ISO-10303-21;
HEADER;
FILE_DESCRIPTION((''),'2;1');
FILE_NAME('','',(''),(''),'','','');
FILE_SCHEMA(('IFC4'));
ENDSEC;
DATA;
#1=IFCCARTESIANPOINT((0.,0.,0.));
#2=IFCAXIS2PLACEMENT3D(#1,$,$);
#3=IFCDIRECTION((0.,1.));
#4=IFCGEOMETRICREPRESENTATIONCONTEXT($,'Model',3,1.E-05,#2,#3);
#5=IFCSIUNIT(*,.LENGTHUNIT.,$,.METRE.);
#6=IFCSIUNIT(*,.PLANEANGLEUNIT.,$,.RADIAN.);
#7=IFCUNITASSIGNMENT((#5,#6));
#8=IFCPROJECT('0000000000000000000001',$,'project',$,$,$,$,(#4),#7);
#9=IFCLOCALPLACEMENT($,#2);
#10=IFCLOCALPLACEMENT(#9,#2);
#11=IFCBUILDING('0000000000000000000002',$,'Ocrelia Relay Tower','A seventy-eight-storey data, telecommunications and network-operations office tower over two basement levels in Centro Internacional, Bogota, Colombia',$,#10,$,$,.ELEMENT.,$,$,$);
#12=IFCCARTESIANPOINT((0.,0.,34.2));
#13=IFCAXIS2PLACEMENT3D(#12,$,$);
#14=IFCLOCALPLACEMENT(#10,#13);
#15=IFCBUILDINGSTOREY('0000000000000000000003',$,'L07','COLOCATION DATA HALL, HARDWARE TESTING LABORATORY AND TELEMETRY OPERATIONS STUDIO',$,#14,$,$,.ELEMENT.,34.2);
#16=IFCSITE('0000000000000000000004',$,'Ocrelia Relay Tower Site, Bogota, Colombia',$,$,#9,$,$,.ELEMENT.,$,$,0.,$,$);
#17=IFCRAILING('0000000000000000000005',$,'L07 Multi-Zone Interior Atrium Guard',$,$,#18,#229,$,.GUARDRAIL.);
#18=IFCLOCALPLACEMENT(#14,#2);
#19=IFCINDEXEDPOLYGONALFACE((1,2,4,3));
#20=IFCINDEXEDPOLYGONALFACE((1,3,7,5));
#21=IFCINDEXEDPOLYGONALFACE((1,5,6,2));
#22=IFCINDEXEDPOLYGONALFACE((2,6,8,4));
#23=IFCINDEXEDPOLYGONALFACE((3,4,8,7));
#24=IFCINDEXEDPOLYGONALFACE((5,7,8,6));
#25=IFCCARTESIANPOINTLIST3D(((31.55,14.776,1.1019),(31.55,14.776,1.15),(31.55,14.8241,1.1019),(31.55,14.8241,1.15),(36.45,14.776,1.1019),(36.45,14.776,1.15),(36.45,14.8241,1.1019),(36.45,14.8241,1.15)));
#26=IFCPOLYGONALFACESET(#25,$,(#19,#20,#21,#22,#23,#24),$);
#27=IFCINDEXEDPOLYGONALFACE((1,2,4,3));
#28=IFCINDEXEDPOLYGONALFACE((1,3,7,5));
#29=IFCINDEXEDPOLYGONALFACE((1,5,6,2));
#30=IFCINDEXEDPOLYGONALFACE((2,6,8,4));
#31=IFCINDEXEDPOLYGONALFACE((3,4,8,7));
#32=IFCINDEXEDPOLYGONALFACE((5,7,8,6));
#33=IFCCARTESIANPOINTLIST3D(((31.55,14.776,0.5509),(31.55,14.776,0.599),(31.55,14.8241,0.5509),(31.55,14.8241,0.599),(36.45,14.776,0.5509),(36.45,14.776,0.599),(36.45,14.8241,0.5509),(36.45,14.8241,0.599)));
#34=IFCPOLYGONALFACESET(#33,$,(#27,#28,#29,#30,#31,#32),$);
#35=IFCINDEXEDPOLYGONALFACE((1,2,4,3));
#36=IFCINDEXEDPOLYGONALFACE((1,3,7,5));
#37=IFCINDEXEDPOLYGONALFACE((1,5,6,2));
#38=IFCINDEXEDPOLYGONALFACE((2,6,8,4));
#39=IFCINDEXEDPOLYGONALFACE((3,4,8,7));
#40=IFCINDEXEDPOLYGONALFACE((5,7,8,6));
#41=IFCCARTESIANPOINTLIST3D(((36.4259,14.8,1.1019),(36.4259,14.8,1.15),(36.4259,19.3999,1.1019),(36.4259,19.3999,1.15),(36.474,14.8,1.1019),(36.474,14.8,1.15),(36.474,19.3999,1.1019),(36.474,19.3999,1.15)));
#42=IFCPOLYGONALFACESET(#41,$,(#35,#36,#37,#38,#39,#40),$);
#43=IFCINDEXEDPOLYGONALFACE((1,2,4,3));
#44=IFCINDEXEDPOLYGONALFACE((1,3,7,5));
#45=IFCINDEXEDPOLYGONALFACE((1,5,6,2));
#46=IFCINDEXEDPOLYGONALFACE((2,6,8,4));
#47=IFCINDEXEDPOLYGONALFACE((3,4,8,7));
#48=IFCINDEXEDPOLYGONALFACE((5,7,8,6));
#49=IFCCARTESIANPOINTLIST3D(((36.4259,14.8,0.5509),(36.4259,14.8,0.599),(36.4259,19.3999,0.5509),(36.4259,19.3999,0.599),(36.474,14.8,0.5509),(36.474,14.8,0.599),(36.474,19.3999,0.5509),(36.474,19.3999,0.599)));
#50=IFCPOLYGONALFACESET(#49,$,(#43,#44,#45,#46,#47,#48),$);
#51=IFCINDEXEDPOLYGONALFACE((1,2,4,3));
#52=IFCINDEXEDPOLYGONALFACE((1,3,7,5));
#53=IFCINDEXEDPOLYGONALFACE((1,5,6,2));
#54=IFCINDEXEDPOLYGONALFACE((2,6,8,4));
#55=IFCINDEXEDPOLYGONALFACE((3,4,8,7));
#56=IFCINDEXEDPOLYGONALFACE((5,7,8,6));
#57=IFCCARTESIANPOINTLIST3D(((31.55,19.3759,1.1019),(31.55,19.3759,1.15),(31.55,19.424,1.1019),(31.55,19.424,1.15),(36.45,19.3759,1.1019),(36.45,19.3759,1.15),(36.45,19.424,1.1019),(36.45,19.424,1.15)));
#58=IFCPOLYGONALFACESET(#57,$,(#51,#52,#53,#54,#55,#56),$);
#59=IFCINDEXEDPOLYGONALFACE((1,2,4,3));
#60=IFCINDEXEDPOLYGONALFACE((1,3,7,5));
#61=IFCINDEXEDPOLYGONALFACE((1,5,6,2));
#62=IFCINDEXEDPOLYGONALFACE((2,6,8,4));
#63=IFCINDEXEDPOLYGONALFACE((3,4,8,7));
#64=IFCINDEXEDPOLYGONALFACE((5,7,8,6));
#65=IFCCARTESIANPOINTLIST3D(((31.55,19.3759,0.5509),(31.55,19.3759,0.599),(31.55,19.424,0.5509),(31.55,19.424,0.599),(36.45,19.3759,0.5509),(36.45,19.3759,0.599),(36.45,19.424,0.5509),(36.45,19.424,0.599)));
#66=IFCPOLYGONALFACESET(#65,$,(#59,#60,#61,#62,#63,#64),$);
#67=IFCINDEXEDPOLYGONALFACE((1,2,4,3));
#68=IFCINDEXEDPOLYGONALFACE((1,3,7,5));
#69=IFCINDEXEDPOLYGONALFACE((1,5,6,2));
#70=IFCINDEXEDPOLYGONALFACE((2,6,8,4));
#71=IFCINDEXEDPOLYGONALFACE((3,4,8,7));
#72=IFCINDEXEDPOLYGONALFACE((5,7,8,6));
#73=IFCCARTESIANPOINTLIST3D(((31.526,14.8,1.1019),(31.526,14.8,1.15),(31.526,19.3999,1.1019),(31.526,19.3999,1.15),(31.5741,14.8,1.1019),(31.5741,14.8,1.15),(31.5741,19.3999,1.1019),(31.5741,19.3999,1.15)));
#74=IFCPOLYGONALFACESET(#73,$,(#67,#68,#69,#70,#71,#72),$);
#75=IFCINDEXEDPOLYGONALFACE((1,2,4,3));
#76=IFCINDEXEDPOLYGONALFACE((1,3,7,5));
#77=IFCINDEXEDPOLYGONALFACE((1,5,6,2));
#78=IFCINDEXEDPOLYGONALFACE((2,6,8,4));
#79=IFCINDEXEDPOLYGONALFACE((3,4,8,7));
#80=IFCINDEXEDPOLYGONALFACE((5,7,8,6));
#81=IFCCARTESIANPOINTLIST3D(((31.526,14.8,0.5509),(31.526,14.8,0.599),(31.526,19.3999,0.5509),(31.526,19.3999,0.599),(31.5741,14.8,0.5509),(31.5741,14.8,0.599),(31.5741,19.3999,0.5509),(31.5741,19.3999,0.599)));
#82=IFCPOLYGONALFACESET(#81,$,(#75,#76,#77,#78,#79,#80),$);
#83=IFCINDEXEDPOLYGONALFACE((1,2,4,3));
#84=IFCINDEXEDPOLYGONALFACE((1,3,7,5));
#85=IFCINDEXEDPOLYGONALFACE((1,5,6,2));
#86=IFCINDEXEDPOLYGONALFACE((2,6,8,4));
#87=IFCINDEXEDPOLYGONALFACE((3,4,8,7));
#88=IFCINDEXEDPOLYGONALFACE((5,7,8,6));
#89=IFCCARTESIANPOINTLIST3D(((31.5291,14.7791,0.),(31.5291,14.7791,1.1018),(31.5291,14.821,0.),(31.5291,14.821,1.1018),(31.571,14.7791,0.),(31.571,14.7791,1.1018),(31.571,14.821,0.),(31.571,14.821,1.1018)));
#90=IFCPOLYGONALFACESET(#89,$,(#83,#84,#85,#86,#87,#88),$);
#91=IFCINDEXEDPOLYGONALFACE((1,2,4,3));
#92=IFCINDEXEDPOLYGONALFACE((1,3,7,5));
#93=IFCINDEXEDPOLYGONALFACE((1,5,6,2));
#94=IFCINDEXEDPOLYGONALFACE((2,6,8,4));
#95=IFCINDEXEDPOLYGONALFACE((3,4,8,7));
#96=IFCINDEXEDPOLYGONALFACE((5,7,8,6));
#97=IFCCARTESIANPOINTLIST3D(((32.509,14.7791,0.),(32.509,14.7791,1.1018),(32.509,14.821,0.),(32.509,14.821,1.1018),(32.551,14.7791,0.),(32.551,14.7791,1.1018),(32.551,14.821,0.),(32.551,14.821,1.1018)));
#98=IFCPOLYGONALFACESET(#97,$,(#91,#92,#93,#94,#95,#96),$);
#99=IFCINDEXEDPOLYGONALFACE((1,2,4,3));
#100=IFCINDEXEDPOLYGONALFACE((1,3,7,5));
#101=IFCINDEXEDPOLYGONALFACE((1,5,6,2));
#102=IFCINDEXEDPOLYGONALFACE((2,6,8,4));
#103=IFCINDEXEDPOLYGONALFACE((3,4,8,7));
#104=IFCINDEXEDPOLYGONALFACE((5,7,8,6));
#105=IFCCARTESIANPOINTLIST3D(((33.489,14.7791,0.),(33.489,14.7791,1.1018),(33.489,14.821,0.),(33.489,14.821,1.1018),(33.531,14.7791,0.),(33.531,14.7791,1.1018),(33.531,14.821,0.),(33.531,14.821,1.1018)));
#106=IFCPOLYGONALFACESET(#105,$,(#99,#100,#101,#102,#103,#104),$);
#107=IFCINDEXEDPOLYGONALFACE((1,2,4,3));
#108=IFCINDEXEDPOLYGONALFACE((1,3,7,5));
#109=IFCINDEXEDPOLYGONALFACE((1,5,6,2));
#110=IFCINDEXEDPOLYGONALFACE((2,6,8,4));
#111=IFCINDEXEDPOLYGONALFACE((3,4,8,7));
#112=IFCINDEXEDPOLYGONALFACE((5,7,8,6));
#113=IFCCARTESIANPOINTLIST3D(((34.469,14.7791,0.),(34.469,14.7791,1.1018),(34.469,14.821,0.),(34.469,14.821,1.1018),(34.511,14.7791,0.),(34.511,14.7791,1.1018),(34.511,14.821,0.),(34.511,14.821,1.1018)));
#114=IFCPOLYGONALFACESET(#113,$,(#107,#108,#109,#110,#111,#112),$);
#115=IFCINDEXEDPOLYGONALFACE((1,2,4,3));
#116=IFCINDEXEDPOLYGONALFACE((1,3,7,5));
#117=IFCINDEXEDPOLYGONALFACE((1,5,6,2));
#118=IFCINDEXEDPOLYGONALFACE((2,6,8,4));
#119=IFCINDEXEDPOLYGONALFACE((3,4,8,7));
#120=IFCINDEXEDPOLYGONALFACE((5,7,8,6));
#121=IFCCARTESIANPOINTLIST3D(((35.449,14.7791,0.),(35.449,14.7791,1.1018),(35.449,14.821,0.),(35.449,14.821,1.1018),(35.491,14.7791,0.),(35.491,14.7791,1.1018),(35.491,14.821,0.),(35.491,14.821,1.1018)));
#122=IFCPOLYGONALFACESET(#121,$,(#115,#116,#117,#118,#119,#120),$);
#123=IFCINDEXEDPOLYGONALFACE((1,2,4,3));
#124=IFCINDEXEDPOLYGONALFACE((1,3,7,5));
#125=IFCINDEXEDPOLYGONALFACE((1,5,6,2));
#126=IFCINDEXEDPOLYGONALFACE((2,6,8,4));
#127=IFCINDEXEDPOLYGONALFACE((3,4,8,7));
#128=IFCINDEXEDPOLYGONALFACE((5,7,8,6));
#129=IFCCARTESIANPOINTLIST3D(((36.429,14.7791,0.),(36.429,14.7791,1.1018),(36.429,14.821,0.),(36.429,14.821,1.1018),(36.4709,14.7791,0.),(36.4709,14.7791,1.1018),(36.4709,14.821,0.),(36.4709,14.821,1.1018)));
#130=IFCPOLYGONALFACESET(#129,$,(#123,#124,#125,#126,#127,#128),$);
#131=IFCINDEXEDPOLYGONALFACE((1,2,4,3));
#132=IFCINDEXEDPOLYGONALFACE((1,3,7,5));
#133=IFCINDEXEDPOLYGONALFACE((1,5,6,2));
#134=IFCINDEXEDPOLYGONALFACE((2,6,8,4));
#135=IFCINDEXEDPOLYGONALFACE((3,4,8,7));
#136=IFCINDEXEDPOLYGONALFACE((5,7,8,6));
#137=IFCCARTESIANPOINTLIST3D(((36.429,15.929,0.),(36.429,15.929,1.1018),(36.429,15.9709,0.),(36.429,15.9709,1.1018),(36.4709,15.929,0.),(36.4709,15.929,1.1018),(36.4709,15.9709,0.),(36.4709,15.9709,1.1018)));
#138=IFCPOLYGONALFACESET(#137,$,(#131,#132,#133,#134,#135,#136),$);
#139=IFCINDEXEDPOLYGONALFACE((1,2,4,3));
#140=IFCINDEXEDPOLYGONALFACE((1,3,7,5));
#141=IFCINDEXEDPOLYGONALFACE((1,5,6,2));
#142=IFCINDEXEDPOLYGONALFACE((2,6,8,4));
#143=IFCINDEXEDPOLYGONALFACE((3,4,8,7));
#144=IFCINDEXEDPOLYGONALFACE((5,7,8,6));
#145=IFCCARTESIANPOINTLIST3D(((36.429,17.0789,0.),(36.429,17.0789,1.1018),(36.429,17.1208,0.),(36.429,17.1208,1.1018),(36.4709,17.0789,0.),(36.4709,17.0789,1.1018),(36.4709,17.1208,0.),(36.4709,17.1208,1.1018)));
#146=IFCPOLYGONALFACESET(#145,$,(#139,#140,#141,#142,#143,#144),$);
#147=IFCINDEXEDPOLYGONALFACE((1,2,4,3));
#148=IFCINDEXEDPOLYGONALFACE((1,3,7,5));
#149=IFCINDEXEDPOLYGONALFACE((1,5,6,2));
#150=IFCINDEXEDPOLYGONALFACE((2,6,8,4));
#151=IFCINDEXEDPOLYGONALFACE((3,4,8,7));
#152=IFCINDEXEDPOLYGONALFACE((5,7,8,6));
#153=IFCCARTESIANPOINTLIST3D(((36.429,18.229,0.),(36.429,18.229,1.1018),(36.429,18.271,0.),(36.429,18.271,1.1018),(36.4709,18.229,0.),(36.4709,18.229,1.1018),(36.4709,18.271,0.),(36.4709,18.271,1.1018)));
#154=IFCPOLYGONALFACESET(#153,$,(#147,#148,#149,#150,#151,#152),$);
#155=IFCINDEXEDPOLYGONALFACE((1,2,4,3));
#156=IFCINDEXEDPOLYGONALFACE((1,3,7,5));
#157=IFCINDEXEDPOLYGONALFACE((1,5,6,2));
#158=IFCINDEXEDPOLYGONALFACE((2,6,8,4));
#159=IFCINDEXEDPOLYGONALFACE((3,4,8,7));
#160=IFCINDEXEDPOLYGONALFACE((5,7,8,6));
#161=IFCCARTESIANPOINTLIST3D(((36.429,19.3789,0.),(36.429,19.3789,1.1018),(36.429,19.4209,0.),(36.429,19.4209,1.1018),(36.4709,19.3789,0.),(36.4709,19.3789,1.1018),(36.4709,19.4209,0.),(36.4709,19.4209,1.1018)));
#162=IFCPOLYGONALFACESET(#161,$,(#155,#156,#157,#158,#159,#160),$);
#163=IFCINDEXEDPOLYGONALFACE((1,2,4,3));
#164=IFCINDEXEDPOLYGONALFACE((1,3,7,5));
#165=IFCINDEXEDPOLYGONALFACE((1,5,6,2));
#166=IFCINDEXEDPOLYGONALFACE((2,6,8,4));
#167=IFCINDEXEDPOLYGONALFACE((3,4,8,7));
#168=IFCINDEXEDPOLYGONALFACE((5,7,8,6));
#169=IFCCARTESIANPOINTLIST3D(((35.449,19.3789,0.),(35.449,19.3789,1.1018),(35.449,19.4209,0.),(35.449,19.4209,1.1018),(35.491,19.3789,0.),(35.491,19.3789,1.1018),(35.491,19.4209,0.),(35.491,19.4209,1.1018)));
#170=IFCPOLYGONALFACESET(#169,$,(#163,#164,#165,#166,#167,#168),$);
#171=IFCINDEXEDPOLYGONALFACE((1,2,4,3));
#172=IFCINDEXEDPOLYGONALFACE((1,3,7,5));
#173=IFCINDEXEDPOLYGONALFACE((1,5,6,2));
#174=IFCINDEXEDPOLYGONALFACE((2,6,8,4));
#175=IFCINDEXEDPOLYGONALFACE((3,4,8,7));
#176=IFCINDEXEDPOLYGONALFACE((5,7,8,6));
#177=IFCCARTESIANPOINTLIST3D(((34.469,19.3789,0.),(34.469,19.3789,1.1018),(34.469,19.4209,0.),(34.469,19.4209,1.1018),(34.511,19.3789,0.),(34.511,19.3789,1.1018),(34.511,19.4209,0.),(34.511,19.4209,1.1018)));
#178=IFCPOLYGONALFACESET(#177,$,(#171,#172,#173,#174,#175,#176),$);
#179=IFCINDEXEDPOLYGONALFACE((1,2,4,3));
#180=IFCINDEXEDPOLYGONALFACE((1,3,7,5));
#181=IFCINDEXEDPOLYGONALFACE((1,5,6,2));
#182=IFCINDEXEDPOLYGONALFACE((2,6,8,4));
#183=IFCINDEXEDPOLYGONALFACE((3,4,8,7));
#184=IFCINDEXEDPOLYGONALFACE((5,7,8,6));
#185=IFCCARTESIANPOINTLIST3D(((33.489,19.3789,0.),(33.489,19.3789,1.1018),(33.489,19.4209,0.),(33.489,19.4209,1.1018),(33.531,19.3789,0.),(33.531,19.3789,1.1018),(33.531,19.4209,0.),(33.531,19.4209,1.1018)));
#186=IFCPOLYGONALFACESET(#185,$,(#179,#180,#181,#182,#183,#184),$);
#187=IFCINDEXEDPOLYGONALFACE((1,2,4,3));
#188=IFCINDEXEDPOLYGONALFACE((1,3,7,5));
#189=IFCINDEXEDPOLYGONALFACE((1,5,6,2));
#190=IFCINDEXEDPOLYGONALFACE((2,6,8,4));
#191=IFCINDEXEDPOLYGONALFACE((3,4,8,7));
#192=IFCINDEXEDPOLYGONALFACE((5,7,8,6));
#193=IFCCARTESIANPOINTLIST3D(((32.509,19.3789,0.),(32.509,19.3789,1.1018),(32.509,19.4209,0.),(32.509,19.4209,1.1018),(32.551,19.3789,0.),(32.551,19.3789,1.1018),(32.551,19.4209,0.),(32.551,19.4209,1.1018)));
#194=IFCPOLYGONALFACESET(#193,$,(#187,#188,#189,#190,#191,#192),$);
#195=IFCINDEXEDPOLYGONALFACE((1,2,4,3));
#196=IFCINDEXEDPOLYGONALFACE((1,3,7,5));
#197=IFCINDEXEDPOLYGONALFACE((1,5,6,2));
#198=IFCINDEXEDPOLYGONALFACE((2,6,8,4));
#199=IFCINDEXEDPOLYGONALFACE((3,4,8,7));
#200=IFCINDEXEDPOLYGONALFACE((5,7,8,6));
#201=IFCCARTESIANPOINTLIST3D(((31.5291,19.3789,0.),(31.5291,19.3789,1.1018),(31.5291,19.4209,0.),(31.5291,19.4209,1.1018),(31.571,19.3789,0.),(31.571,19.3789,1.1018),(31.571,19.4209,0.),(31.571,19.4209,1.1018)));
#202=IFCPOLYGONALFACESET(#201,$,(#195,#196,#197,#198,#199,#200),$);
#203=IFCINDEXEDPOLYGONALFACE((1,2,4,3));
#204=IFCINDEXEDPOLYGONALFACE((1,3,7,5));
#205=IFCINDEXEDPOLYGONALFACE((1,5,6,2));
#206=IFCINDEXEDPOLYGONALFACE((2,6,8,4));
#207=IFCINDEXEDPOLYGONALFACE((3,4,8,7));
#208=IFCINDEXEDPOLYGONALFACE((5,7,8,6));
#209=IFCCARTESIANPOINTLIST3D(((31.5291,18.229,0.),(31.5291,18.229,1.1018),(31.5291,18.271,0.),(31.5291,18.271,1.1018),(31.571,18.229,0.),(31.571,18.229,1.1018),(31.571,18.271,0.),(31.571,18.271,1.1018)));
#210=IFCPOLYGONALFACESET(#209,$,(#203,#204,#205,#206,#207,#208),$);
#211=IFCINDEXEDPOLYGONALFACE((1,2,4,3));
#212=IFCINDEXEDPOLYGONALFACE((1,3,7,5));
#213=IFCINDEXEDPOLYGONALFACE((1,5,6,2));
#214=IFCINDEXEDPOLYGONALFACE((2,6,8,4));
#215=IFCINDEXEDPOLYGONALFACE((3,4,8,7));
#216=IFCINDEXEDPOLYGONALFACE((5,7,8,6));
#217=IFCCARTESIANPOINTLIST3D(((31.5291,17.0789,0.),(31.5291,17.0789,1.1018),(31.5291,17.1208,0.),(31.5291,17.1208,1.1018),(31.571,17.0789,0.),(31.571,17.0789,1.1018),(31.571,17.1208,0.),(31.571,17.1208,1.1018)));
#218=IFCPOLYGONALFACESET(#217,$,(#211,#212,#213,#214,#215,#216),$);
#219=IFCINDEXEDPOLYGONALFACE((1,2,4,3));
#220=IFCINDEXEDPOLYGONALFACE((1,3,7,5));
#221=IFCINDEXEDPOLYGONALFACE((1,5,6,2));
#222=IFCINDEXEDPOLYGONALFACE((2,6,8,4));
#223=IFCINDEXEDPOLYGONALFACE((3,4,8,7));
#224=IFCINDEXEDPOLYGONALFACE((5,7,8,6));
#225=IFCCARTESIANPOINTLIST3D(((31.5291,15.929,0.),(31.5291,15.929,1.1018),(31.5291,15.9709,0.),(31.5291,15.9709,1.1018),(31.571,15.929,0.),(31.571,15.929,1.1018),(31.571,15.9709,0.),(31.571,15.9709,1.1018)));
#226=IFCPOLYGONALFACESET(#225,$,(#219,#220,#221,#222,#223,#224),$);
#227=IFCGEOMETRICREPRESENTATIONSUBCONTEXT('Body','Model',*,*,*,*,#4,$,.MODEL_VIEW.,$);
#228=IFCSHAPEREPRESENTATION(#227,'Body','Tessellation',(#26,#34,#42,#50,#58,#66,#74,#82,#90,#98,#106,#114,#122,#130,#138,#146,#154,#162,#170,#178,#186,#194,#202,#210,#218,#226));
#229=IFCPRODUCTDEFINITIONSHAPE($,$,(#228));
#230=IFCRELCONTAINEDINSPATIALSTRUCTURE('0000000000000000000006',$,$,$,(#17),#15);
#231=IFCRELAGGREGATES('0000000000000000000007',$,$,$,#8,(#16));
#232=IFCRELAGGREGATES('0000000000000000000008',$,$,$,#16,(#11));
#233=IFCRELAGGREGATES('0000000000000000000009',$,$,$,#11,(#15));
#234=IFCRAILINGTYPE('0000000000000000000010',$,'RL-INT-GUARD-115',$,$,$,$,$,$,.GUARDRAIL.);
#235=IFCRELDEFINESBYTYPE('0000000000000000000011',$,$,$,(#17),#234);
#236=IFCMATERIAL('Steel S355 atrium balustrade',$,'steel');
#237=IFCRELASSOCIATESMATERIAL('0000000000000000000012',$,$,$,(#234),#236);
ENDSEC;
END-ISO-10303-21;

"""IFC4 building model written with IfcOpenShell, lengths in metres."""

from ifc_helpers import new_model, si_unit, direction, frame, origin, origin_2d, place, context, subcontext, project, spatial, rectangle, extrude, material, type_object, element, save


model = new_model("IFC4")

# Units and contexts
model_context = context("Model", 3, precision=1e-05, world=origin(), true_north=direction((0.0, 1.0)))
body_context = subcontext(model_context, "Body", "Model", "MODEL_VIEW")
ifc_project = project(units=[si_unit("LENGTHUNIT", "METRE"), si_unit("PLANEANGLEUNIT", "RADIAN")], contexts=[model_context])

# Site, building, storey
site_placement = place(None, origin())
site = spatial("IfcSite", under=ifc_project, at=site_placement, Name="Ocrelia Relay Tower Site, Bogota, Colombia", CompositionType="ELEMENT", RefElevation=0.0)
building_placement = place(site_placement, origin())
building = spatial("IfcBuilding", under=site, at=building_placement, Name="Ocrelia Relay Tower", Description="A seventy-eight-storey data, telecommunications and network-operations office tower over two basement levels in Centro Internacional, Bogota, Colombia", CompositionType="ELEMENT")
storey_placement = place(building_placement, frame((0.0, 0.0, 34.2)))
storey = spatial("IfcBuildingStorey", under=building, at=storey_placement, Name="L07", Description="COLOCATION DATA HALL, HARDWARE TESTING LABORATORY AND TELEMETRY OPERATIONS STUDIO", CompositionType="ELEMENT", Elevation=34.2)

# Railing
ifc_material_1 = material(Name="Steel S355 atrium balustrade", Category="steel")
railing_type_1 = type_object("IfcRailingType", Name="RL-INT-GUARD-115", PredefinedType="GUARDRAIL", material=ifc_material_1)
railing_1_placement = place(storey_placement, frame((31.55, 14.8, 0.0)))
element("IfcRailing", 1, at=railing_1_placement, inside=storey, type_object=railing_type_1, Name="L07 Multi-Zone Interior Atrium Guard", PredefinedType="GUARDRAIL", context=body_context, shape_type="SweptSolid", body=[
    extrude(rectangle(XDim=0.0481, YDim=0.0481, at=origin_2d()), frame((0.0, 0.0, 1.126), z_axis=(1.0, 0.0, 0.0), x_axis=(0.0, 1.0, 0.0)), (0.0, 0.0, 1.0), 4.8999),
    extrude(rectangle(XDim=0.0481, YDim=0.0481, at=origin_2d()), frame((0.0, 0.0, 0.575), z_axis=(1.0, 0.0, 0.0), x_axis=(0.0, 1.0, 0.0)), (0.0, 0.0, 1.0), 4.8999),
    extrude(rectangle(XDim=0.0481, YDim=0.0481, at=origin_2d()), frame((4.8999, 0.0, 1.126), z_axis=(0.0, 1.0, 0.0), x_axis=(-1.0, 0.0, 0.0)), (0.0, 0.0, 1.0), 4.5999),
    extrude(rectangle(XDim=0.0481, YDim=0.0481, at=origin_2d()), frame((4.8999, 0.0, 0.575), z_axis=(0.0, 1.0, 0.0), x_axis=(-1.0, 0.0, 0.0)), (0.0, 0.0, 1.0), 4.5999),
    extrude(rectangle(XDim=0.0481, YDim=0.0481, at=origin_2d()), frame((4.8999, 4.5999, 1.126), z_axis=(-1.0, 0.0, 0.0), x_axis=(0.0, -1.0, 0.0)), (0.0, 0.0, 1.0), 4.8999),
    extrude(rectangle(XDim=0.0481, YDim=0.0481, at=origin_2d()), frame((4.8999, 4.5999, 0.575), z_axis=(-1.0, 0.0, 0.0), x_axis=(0.0, -1.0, 0.0)), (0.0, 0.0, 1.0), 4.8999),
    extrude(rectangle(XDim=0.0481, YDim=0.0481, at=origin_2d()), frame((0.0, 4.5999, 1.126), z_axis=(0.0, -1.0, 0.0), x_axis=(1.0, 0.0, 0.0)), (0.0, 0.0, 1.0), 4.5999),
    extrude(rectangle(XDim=0.0481, YDim=0.0481, at=origin_2d()), frame((0.0, 4.5999, 0.575), z_axis=(0.0, -1.0, 0.0), x_axis=(1.0, 0.0, 0.0)), (0.0, 0.0, 1.0), 4.5999),
    extrude(rectangle(XDim=0.042, YDim=0.042, at=origin_2d()), origin(), (0.0, 0.0, 1.0), 1.1018),
    extrude(rectangle(XDim=0.042, YDim=0.042, at=origin_2d()), frame((0.98, 0.0, 0.0)), (0.0, 0.0, 1.0), 1.1018),
    extrude(rectangle(XDim=0.042, YDim=0.042, at=origin_2d()), frame((1.96, 0.0, 0.0)), (0.0, 0.0, 1.0), 1.1018),
    extrude(rectangle(XDim=0.042, YDim=0.042, at=origin_2d()), frame((2.9399, 0.0, 0.0)), (0.0, 0.0, 1.0), 1.1018),
    extrude(rectangle(XDim=0.042, YDim=0.042, at=origin_2d()), frame((3.9199, 0.0, 0.0)), (0.0, 0.0, 1.0), 1.1018),
    extrude(rectangle(XDim=0.042, YDim=0.042, at=origin_2d()), frame((4.8999, 0.0, 0.0)), (0.0, 0.0, 1.0), 1.1018),
    extrude(rectangle(XDim=0.042, YDim=0.042, at=origin_2d()), frame((4.8999, 1.1499, 0.0)), (0.0, 0.0, 1.0), 1.1018),
    extrude(rectangle(XDim=0.042, YDim=0.042, at=origin_2d()), frame((4.8999, 2.2998, 0.0)), (0.0, 0.0, 1.0), 1.1018),
    extrude(rectangle(XDim=0.042, YDim=0.042, at=origin_2d()), frame((4.8999, 3.45, 0.0)), (0.0, 0.0, 1.0), 1.1018),
    extrude(rectangle(XDim=0.042, YDim=0.042, at=origin_2d()), frame((4.8999, 4.5999, 0.0)), (0.0, 0.0, 1.0), 1.1018),
    extrude(rectangle(XDim=0.042, YDim=0.042, at=origin_2d()), frame((3.9199, 4.5999, 0.0)), (0.0, 0.0, 1.0), 1.1018),
    extrude(rectangle(XDim=0.042, YDim=0.042, at=origin_2d()), frame((2.9399, 4.5999, 0.0)), (0.0, 0.0, 1.0), 1.1018),
    extrude(rectangle(XDim=0.042, YDim=0.042, at=origin_2d()), frame((1.96, 4.5999, 0.0)), (0.0, 0.0, 1.0), 1.1018),
    extrude(rectangle(XDim=0.042, YDim=0.042, at=origin_2d()), frame((0.98, 4.5999, 0.0)), (0.0, 0.0, 1.0), 1.1018),
    extrude(rectangle(XDim=0.042, YDim=0.042, at=origin_2d()), frame((0.0, 4.5999, 0.0)), (0.0, 0.0, 1.0), 1.1018),
    extrude(rectangle(XDim=0.042, YDim=0.042, at=origin_2d()), frame((0.0, 3.45, 0.0)), (0.0, 0.0, 1.0), 1.1018),
    extrude(rectangle(XDim=0.042, YDim=0.042, at=origin_2d()), frame((0.0, 2.2998, 0.0)), (0.0, 0.0, 1.0), 1.1018),
    extrude(rectangle(XDim=0.042, YDim=0.042, at=origin_2d()), frame((0.0, 1.1499, 0.0)), (0.0, 0.0, 1.0), 1.1018),
])

save(model, "model.ifc")
